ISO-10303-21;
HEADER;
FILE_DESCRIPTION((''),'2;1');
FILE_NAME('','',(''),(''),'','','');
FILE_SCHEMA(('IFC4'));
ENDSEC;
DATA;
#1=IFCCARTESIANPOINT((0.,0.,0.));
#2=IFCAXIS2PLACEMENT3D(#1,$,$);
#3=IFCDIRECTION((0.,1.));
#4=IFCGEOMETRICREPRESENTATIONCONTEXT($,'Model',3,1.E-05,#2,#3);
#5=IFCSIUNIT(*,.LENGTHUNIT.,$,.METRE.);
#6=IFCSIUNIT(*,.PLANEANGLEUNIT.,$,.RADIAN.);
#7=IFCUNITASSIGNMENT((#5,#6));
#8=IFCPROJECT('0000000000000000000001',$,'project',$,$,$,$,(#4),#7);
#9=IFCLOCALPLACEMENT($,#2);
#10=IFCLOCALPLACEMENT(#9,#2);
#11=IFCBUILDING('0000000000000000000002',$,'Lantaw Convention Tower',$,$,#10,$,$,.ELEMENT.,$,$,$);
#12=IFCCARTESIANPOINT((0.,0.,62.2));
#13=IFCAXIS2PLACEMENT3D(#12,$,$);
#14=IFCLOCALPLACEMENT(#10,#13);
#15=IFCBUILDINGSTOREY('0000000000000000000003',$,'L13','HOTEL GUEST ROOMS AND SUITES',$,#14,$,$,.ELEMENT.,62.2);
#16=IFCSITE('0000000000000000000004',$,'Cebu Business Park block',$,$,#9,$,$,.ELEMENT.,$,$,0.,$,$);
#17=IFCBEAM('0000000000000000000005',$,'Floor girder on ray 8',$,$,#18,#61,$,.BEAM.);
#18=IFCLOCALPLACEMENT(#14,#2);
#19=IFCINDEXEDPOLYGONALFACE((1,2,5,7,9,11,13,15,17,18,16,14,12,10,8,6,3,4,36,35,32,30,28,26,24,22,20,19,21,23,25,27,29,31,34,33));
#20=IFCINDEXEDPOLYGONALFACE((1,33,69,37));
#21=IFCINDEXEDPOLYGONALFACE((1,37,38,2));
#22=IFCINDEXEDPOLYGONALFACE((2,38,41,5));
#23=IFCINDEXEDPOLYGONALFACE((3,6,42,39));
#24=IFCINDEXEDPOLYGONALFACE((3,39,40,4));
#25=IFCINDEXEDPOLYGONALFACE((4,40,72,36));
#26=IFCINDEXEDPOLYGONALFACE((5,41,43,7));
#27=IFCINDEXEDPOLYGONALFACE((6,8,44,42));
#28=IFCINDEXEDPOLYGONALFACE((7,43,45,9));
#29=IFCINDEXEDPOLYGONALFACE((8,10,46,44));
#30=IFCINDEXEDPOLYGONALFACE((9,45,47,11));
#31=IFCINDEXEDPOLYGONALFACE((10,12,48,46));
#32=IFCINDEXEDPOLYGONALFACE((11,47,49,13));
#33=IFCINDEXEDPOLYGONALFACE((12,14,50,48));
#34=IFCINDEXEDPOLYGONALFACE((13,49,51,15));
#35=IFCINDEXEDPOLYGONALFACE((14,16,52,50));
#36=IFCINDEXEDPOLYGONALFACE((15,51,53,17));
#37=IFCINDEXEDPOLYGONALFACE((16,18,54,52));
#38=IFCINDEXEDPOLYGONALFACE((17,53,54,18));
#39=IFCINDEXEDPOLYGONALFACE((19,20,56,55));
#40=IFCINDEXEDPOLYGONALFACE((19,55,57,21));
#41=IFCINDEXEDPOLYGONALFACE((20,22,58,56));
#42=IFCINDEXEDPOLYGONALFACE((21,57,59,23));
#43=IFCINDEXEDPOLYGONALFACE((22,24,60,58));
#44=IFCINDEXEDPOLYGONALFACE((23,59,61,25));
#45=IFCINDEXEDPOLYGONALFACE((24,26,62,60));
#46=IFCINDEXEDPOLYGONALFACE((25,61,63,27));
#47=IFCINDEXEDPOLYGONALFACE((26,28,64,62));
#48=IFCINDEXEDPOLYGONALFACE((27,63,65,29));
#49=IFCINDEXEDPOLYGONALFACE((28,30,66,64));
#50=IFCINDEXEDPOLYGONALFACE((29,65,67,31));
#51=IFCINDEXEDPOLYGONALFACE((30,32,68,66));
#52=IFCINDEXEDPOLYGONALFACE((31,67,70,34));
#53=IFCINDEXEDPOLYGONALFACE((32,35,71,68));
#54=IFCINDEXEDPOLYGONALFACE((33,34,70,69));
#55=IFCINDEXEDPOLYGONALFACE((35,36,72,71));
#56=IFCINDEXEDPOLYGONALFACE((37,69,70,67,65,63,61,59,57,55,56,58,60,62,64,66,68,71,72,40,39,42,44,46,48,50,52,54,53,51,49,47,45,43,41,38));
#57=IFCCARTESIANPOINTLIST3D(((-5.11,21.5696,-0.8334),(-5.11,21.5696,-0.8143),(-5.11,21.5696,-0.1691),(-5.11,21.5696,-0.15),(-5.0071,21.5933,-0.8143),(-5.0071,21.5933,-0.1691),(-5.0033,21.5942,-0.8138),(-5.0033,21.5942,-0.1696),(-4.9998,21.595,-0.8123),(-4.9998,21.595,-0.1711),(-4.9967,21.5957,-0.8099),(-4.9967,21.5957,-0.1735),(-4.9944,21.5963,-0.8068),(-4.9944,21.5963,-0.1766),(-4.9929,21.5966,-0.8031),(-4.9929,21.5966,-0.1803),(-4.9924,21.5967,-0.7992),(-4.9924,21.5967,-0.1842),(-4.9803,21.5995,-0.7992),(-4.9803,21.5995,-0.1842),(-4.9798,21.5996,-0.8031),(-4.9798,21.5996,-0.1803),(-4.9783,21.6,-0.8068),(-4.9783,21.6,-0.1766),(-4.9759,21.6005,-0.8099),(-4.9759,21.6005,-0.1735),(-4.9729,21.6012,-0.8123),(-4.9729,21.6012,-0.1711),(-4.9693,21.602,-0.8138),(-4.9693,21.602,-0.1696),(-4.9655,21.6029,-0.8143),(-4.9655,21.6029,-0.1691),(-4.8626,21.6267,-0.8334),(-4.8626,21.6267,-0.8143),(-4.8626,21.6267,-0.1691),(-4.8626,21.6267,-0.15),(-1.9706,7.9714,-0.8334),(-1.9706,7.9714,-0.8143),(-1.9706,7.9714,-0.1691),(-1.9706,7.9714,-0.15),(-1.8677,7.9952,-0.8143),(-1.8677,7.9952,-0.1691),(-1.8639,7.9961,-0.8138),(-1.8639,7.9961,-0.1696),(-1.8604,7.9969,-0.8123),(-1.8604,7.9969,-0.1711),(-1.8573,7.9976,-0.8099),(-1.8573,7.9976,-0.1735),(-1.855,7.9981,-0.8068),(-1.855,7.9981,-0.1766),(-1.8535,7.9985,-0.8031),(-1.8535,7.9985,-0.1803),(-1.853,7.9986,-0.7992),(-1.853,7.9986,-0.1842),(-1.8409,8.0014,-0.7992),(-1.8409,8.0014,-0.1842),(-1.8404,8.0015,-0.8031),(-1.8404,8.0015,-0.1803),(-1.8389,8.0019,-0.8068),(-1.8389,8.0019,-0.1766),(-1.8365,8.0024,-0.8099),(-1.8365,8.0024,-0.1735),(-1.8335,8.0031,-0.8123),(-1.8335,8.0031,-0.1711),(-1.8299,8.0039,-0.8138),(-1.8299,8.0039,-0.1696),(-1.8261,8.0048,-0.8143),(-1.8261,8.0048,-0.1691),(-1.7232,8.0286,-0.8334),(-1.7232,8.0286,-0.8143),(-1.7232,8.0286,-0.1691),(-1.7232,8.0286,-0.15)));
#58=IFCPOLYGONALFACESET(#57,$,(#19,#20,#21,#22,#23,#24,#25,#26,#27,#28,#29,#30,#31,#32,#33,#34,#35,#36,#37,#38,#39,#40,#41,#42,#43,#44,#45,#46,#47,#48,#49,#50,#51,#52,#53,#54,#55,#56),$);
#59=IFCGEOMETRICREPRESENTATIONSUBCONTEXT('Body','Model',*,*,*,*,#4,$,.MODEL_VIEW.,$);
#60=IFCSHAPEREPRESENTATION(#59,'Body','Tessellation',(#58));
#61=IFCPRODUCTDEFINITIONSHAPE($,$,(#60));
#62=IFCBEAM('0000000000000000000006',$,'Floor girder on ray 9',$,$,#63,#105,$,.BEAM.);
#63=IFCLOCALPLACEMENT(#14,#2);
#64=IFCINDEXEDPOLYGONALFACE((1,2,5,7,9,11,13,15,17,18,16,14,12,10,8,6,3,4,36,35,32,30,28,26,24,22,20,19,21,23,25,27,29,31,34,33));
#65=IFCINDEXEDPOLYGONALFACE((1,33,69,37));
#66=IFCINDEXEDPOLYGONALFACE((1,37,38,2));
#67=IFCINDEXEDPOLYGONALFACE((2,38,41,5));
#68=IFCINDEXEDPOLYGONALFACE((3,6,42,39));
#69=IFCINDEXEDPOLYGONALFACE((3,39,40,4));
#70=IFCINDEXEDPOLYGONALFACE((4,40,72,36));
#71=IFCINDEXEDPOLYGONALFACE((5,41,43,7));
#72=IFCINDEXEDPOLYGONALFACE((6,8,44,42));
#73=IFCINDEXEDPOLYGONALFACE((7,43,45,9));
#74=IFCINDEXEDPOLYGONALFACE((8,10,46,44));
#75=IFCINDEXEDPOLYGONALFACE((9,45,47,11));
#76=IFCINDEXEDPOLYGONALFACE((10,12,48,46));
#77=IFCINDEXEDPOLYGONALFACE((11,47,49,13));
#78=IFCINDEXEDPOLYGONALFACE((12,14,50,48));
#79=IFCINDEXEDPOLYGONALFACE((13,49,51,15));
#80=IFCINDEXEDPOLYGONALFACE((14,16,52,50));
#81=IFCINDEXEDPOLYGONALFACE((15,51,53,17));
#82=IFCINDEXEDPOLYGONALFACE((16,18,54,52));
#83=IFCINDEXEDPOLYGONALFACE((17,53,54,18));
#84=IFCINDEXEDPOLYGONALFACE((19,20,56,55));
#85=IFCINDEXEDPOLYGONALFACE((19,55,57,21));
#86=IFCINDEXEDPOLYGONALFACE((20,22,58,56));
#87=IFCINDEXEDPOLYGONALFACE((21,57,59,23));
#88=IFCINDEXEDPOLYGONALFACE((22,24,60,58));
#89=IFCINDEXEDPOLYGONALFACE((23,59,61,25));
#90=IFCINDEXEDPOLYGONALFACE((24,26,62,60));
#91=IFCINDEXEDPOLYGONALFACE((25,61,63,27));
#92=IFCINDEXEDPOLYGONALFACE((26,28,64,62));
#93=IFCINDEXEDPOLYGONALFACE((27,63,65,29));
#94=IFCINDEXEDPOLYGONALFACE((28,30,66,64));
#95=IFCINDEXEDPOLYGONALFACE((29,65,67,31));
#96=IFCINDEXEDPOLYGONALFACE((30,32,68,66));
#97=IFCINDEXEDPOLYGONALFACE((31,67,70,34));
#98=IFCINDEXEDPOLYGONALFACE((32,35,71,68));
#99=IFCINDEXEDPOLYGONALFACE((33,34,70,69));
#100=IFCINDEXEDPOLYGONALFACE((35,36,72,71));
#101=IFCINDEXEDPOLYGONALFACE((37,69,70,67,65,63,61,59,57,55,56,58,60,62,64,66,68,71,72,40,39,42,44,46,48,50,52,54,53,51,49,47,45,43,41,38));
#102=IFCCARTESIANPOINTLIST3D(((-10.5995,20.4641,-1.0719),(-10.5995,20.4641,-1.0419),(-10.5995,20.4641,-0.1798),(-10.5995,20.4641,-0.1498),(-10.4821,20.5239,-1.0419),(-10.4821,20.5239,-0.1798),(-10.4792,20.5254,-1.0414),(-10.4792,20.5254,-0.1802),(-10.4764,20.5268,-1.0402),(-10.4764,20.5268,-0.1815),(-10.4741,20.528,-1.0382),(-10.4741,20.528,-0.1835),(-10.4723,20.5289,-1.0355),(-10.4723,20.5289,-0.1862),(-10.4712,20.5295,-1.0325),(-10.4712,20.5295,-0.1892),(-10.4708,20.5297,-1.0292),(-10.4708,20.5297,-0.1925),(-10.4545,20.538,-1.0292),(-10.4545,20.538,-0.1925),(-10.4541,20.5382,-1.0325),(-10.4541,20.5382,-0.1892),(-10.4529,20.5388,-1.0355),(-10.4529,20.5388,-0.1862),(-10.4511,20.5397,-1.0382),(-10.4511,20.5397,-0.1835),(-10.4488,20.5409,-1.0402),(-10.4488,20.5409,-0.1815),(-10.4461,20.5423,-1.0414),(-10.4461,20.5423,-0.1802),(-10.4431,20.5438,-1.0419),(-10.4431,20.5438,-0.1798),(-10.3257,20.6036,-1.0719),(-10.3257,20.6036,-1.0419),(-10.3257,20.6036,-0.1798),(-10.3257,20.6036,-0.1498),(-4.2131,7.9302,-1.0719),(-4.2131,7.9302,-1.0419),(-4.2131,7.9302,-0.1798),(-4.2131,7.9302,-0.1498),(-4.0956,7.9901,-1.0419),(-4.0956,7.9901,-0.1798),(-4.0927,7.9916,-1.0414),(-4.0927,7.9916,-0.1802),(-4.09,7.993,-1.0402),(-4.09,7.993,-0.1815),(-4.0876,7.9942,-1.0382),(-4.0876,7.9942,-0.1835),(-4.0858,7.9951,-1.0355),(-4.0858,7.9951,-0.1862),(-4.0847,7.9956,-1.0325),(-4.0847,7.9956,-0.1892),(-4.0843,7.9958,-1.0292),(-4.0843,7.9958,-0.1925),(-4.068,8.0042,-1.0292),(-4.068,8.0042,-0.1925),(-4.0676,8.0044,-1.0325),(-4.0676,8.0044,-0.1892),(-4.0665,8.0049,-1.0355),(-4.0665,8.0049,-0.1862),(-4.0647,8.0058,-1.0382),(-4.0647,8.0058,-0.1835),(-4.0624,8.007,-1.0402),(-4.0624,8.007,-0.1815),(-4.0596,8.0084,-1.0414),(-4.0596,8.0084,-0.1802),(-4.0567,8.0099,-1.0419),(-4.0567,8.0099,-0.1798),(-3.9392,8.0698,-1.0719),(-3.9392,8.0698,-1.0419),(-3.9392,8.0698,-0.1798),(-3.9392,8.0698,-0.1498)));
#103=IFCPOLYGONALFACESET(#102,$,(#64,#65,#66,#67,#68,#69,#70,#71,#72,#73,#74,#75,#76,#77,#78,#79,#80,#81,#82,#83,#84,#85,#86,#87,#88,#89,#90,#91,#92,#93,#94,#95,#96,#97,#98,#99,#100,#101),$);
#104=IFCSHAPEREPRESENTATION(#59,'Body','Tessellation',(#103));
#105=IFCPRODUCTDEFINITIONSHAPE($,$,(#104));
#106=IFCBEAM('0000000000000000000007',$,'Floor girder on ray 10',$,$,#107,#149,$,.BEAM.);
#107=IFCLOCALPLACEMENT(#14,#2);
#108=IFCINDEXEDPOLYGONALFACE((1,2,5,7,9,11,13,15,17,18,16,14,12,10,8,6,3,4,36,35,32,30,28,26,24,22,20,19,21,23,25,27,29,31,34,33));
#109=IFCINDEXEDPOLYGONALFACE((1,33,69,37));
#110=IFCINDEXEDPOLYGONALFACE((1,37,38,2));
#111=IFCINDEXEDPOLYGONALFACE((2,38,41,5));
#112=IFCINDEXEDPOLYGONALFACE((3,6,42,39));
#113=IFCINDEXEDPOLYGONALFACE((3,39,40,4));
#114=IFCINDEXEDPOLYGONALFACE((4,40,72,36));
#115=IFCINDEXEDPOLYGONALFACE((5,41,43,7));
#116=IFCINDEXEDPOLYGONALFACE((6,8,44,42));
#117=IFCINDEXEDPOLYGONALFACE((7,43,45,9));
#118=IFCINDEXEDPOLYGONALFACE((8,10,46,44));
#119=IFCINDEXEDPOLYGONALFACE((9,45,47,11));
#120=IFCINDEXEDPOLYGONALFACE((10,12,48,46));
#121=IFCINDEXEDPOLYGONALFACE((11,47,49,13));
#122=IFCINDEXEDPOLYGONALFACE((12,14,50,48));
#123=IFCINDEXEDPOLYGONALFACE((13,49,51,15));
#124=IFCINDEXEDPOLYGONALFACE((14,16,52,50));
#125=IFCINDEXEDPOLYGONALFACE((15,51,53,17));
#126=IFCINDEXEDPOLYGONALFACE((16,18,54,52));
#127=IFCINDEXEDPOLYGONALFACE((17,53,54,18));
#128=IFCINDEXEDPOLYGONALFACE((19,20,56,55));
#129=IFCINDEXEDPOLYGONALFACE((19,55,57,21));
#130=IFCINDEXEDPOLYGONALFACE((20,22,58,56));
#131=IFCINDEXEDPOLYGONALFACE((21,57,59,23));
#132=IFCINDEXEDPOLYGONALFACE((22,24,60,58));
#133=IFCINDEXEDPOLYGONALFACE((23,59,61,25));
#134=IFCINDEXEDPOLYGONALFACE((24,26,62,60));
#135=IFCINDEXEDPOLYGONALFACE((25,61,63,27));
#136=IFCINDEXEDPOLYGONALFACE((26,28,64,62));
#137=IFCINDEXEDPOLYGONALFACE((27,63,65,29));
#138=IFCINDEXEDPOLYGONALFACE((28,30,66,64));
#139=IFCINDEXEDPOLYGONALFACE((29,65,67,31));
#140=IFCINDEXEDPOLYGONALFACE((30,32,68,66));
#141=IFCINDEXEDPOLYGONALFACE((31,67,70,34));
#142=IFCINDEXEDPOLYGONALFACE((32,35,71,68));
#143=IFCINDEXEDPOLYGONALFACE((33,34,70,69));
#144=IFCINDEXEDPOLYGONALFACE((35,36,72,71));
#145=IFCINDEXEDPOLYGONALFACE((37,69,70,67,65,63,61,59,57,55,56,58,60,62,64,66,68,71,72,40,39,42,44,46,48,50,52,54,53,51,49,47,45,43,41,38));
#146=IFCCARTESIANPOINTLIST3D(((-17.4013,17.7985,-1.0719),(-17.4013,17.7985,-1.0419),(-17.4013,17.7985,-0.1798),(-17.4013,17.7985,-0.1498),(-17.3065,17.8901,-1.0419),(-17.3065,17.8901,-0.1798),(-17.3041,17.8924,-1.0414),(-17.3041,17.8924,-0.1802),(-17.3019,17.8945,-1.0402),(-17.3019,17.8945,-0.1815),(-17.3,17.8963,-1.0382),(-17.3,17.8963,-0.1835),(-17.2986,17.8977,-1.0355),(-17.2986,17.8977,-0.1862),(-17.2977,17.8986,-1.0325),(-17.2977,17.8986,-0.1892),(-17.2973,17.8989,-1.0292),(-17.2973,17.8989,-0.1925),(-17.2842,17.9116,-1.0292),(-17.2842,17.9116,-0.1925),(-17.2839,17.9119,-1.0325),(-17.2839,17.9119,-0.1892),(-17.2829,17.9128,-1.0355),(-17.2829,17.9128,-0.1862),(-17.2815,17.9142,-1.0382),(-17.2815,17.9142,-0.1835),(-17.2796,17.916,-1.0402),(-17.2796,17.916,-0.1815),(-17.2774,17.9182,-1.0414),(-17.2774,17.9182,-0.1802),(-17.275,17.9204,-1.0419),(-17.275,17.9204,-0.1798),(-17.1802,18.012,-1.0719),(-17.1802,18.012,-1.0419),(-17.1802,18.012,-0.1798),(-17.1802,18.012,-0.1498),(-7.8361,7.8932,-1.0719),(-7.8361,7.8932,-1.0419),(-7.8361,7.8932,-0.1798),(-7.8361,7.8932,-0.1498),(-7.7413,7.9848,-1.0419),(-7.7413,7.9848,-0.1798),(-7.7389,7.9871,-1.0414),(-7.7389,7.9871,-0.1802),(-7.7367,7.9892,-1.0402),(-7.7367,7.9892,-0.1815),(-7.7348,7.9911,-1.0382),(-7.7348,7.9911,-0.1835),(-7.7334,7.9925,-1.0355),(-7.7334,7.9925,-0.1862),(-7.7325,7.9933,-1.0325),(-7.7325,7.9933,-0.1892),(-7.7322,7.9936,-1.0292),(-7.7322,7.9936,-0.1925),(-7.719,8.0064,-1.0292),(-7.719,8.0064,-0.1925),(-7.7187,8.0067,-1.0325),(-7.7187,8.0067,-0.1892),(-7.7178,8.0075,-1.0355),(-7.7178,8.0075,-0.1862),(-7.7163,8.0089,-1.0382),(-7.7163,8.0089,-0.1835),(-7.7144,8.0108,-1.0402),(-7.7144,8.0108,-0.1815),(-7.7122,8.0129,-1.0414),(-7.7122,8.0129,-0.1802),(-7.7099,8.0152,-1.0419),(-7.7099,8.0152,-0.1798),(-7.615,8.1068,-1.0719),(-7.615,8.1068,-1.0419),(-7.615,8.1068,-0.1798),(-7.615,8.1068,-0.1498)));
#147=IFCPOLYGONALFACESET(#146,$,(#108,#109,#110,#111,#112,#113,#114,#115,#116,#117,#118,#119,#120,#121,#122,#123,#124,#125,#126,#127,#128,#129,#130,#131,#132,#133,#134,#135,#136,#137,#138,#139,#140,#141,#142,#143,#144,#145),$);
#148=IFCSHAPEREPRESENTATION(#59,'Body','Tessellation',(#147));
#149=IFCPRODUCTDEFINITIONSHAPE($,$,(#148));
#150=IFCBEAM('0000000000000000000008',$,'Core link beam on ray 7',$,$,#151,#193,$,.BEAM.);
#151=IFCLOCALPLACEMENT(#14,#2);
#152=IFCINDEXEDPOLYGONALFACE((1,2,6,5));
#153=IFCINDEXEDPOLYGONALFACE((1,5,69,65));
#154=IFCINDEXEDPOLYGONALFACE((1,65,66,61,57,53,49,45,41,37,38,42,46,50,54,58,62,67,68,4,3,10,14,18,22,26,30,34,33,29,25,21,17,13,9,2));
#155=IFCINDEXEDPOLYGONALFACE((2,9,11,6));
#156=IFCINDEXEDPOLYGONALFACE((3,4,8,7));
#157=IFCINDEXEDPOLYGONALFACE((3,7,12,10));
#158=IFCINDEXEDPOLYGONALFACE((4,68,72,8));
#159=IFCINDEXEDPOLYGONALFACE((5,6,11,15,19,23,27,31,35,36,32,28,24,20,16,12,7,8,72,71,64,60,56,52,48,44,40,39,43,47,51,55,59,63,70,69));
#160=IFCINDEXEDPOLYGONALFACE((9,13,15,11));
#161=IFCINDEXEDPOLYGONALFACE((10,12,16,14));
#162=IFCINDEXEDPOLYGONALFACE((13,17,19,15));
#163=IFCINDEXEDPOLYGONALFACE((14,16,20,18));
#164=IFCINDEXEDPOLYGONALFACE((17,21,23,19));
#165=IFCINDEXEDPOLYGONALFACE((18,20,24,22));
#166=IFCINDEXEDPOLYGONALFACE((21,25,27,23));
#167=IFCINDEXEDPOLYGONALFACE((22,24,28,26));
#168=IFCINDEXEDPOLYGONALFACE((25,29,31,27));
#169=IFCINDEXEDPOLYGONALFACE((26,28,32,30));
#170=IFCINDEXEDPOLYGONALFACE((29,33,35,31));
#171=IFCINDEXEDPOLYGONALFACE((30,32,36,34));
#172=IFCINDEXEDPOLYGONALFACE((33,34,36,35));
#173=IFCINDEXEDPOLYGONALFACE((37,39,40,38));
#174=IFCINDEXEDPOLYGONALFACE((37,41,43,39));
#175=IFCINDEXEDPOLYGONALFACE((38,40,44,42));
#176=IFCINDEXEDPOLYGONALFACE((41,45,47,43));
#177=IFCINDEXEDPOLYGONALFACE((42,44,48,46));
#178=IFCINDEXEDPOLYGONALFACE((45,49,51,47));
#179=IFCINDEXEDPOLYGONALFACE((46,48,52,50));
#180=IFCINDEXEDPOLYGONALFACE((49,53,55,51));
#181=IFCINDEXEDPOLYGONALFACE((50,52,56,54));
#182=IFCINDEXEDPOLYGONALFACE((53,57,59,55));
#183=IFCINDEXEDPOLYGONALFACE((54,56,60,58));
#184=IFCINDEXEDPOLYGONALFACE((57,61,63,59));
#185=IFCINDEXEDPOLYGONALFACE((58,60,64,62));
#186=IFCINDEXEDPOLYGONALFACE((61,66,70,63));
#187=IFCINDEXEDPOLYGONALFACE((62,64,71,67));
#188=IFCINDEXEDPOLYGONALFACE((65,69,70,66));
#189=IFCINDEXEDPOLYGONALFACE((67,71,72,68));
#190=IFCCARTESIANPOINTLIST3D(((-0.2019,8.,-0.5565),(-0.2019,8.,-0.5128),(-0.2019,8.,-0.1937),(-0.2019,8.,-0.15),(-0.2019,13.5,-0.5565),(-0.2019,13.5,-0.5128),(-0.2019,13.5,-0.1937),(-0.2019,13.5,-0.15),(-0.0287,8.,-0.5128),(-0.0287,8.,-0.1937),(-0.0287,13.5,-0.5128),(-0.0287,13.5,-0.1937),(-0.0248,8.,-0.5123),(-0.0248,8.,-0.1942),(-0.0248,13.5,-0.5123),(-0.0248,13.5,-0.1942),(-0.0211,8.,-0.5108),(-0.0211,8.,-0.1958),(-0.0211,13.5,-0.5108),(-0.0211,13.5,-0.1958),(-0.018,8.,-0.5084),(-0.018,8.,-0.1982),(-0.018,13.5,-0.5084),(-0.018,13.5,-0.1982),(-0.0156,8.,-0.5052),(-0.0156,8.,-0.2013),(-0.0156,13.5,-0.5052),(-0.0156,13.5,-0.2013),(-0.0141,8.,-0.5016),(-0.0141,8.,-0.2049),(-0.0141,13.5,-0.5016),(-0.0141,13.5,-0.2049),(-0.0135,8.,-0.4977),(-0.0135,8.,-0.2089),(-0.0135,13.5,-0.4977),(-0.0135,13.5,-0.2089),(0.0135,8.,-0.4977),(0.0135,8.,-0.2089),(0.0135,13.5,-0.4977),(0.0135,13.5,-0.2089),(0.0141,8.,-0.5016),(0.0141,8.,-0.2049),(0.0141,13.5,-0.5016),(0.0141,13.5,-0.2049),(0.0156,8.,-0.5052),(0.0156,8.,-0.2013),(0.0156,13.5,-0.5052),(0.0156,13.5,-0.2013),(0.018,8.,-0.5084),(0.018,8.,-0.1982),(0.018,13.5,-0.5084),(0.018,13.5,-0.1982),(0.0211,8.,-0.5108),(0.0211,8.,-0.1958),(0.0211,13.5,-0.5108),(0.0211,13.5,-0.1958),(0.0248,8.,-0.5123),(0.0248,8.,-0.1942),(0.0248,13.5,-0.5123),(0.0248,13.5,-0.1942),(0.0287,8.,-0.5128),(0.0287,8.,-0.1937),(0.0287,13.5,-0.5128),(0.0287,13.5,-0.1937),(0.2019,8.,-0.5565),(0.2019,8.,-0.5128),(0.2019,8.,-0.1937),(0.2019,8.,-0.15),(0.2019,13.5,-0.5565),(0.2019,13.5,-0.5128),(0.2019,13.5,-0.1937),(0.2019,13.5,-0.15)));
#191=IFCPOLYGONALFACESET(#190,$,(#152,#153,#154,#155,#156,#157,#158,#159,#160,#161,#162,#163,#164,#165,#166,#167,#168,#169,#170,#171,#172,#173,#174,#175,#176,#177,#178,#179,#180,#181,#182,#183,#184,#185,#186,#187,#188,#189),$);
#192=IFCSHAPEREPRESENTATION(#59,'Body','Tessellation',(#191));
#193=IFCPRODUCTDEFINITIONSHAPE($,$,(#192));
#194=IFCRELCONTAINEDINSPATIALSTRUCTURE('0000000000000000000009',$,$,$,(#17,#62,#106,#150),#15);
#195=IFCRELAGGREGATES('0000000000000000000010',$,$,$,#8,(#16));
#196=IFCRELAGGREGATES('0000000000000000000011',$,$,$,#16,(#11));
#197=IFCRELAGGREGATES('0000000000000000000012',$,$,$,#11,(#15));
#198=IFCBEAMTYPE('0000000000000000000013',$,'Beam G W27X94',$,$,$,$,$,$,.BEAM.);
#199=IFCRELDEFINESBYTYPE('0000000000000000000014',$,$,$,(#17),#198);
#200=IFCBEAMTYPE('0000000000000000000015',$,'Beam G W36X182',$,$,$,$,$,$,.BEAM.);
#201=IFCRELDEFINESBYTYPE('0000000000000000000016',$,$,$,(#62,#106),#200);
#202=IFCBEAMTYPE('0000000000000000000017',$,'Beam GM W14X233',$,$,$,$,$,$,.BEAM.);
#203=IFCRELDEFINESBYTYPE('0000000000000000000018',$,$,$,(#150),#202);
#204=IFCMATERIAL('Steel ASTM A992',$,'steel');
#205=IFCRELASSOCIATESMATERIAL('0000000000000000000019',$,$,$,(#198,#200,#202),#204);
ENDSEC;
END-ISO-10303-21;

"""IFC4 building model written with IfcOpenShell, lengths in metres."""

from ifc_helpers import new_model, si_unit, direction, frame, origin, origin_2d, place, context, subcontext, project, spatial, i_section, extrude, material, material_profile, profile_set, type_object, element, save


model = new_model("IFC4")

# Units and contexts
model_context = context("Model", 3, precision=1e-05, world=origin(), true_north=direction((0.0, 1.0)))
body_context = subcontext(model_context, "Body", "Model", "MODEL_VIEW")
ifc_project = project(units=[si_unit("LENGTHUNIT", "METRE"), si_unit("PLANEANGLEUNIT", "RADIAN")], contexts=[model_context])

# Site, building, storey
site_placement = place(None, origin())
site = spatial("IfcSite", under=ifc_project, at=site_placement, Name="Cebu Business Park block", CompositionType="ELEMENT", RefElevation=0.0)
building_placement = place(site_placement, origin())
building = spatial("IfcBuilding", under=site, at=building_placement, Name="Lantaw Convention Tower", CompositionType="ELEMENT")
storey_placement = place(building_placement, frame((0.0, 0.0, 62.2)))
storey = spatial("IfcBuildingStorey", under=building, at=storey_placement, Name="L13", Description="HOTEL GUEST ROOMS AND SUITES", CompositionType="ELEMENT", Elevation=62.2)

# Beams
ifc_material_1 = material(Name="Steel ASTM A992", Category="steel")
ifc_material_profile_1 = material_profile(ifc_material_1, i_section(OverallWidth=0.2539, OverallDepth=0.6833, WebThickness=0.0125, FlangeThickness=0.019, FilletRadius=0.0151, at=origin_2d()), Name="W27X94")
ifc_profile_set_1 = profile_set([ifc_material_profile_1], Name="Steel ASTM A992")
beam_type_1 = type_object("IfcBeamType", Name="Beam G W27X94", PredefinedType="BEAM", material=ifc_profile_set_1)
beam_1_placement = place(storey_placement, frame((-1.8469, 8.0, -0.4917), z_axis=(-0.224953, 0.97437, 0.0), x_axis=(-0.97437, -0.224953, 0.0)))
element("IfcBeam", 1, at=beam_1_placement, inside=storey, type_object=beam_type_1, Name="Floor girder on ray 8", PredefinedType="BEAM", context=body_context, shape_type="SweptSolid", body=[
    extrude(i_section(OverallWidth=0.2539, OverallDepth=0.6833, WebThickness=0.0125, FlangeThickness=0.019, FilletRadius=0.0151, at=origin_2d()), origin(), (0.0, 0.0, 1.0), 13.9558),
])
ifc_material_profile_2 = material_profile(ifc_material_1, i_section(OverallWidth=0.3074, OverallDepth=0.9221, WebThickness=0.0183, FlangeThickness=0.03, FilletRadius=0.0127, at=origin_2d()), Name="W36X182")
ifc_profile_set_2 = profile_set([ifc_material_profile_2], Name="Steel ASTM A992")
beam_type_2 = type_object("IfcBeamType", Name="Beam G W36X182", PredefinedType="BEAM", material=ifc_profile_set_2)
beam_2_placement = place(storey_placement, frame((-4.0762, 8.0, -0.6108), z_axis=(-0.453997, 0.891003, 0.0), x_axis=(-0.891003, -0.453997, 0.0)))
element("IfcBeam", 2, at=beam_2_placement, inside=storey, type_object=beam_type_2, Name="Floor girder on ray 9", PredefinedType="BEAM", context=body_context, shape_type="SweptSolid", body=[
    extrude(i_section(OverallWidth=0.3074, OverallDepth=0.9221, WebThickness=0.0183, FlangeThickness=0.03, FilletRadius=0.0127, at=origin_2d()), origin(), (0.0, 0.0, 1.0), 14.0671),
])
beam_3_placement = place(storey_placement, frame((-7.7256, 8.0, -0.6108), z_axis=(-0.69465, 0.719348, 0.0), x_axis=(-0.719348, -0.69465, 0.0)))
element("IfcBeam", 3, at=beam_3_placement, inside=storey, type_object=beam_type_2, Name="Floor girder on ray 10", PredefinedType="BEAM", context=body_context, shape_type="SweptSolid", body=[
    extrude(i_section(OverallWidth=0.3074, OverallDepth=0.9221, WebThickness=0.0183, FlangeThickness=0.03, FilletRadius=0.0127, at=origin_2d()), origin(), (0.0, 0.0, 1.0), 13.7698),
])
ifc_material_profile_3 = material_profile(ifc_material_1, i_section(OverallWidth=0.4038, OverallDepth=0.4065, WebThickness=0.0271, FlangeThickness=0.0437, FilletRadius=0.0151, at=origin_2d()), Name="W14X233")
ifc_profile_set_3 = profile_set([ifc_material_profile_3], Name="Steel ASTM A992")
beam_type_3 = type_object("IfcBeamType", Name="Beam GM W14X233", PredefinedType="BEAM", material=ifc_profile_set_3)
beam_4_placement = place(storey_placement, frame((0.0, 8.0, -0.3533), z_axis=(0.0, 1.0, 0.0), x_axis=(-1.0, 0.0, 0.0)))
element("IfcBeam", 4, at=beam_4_placement, inside=storey, type_object=beam_type_3, Name="Core link beam on ray 7", PredefinedType="BEAM", context=body_context, shape_type="SweptSolid", body=[
    extrude(i_section(OverallWidth=0.4038, OverallDepth=0.4065, WebThickness=0.0271, FlangeThickness=0.0437, FilletRadius=0.0151, at=origin_2d()), origin(), (0.0, 0.0, 1.0), 5.5),
])

save(model, "model.ifc")
